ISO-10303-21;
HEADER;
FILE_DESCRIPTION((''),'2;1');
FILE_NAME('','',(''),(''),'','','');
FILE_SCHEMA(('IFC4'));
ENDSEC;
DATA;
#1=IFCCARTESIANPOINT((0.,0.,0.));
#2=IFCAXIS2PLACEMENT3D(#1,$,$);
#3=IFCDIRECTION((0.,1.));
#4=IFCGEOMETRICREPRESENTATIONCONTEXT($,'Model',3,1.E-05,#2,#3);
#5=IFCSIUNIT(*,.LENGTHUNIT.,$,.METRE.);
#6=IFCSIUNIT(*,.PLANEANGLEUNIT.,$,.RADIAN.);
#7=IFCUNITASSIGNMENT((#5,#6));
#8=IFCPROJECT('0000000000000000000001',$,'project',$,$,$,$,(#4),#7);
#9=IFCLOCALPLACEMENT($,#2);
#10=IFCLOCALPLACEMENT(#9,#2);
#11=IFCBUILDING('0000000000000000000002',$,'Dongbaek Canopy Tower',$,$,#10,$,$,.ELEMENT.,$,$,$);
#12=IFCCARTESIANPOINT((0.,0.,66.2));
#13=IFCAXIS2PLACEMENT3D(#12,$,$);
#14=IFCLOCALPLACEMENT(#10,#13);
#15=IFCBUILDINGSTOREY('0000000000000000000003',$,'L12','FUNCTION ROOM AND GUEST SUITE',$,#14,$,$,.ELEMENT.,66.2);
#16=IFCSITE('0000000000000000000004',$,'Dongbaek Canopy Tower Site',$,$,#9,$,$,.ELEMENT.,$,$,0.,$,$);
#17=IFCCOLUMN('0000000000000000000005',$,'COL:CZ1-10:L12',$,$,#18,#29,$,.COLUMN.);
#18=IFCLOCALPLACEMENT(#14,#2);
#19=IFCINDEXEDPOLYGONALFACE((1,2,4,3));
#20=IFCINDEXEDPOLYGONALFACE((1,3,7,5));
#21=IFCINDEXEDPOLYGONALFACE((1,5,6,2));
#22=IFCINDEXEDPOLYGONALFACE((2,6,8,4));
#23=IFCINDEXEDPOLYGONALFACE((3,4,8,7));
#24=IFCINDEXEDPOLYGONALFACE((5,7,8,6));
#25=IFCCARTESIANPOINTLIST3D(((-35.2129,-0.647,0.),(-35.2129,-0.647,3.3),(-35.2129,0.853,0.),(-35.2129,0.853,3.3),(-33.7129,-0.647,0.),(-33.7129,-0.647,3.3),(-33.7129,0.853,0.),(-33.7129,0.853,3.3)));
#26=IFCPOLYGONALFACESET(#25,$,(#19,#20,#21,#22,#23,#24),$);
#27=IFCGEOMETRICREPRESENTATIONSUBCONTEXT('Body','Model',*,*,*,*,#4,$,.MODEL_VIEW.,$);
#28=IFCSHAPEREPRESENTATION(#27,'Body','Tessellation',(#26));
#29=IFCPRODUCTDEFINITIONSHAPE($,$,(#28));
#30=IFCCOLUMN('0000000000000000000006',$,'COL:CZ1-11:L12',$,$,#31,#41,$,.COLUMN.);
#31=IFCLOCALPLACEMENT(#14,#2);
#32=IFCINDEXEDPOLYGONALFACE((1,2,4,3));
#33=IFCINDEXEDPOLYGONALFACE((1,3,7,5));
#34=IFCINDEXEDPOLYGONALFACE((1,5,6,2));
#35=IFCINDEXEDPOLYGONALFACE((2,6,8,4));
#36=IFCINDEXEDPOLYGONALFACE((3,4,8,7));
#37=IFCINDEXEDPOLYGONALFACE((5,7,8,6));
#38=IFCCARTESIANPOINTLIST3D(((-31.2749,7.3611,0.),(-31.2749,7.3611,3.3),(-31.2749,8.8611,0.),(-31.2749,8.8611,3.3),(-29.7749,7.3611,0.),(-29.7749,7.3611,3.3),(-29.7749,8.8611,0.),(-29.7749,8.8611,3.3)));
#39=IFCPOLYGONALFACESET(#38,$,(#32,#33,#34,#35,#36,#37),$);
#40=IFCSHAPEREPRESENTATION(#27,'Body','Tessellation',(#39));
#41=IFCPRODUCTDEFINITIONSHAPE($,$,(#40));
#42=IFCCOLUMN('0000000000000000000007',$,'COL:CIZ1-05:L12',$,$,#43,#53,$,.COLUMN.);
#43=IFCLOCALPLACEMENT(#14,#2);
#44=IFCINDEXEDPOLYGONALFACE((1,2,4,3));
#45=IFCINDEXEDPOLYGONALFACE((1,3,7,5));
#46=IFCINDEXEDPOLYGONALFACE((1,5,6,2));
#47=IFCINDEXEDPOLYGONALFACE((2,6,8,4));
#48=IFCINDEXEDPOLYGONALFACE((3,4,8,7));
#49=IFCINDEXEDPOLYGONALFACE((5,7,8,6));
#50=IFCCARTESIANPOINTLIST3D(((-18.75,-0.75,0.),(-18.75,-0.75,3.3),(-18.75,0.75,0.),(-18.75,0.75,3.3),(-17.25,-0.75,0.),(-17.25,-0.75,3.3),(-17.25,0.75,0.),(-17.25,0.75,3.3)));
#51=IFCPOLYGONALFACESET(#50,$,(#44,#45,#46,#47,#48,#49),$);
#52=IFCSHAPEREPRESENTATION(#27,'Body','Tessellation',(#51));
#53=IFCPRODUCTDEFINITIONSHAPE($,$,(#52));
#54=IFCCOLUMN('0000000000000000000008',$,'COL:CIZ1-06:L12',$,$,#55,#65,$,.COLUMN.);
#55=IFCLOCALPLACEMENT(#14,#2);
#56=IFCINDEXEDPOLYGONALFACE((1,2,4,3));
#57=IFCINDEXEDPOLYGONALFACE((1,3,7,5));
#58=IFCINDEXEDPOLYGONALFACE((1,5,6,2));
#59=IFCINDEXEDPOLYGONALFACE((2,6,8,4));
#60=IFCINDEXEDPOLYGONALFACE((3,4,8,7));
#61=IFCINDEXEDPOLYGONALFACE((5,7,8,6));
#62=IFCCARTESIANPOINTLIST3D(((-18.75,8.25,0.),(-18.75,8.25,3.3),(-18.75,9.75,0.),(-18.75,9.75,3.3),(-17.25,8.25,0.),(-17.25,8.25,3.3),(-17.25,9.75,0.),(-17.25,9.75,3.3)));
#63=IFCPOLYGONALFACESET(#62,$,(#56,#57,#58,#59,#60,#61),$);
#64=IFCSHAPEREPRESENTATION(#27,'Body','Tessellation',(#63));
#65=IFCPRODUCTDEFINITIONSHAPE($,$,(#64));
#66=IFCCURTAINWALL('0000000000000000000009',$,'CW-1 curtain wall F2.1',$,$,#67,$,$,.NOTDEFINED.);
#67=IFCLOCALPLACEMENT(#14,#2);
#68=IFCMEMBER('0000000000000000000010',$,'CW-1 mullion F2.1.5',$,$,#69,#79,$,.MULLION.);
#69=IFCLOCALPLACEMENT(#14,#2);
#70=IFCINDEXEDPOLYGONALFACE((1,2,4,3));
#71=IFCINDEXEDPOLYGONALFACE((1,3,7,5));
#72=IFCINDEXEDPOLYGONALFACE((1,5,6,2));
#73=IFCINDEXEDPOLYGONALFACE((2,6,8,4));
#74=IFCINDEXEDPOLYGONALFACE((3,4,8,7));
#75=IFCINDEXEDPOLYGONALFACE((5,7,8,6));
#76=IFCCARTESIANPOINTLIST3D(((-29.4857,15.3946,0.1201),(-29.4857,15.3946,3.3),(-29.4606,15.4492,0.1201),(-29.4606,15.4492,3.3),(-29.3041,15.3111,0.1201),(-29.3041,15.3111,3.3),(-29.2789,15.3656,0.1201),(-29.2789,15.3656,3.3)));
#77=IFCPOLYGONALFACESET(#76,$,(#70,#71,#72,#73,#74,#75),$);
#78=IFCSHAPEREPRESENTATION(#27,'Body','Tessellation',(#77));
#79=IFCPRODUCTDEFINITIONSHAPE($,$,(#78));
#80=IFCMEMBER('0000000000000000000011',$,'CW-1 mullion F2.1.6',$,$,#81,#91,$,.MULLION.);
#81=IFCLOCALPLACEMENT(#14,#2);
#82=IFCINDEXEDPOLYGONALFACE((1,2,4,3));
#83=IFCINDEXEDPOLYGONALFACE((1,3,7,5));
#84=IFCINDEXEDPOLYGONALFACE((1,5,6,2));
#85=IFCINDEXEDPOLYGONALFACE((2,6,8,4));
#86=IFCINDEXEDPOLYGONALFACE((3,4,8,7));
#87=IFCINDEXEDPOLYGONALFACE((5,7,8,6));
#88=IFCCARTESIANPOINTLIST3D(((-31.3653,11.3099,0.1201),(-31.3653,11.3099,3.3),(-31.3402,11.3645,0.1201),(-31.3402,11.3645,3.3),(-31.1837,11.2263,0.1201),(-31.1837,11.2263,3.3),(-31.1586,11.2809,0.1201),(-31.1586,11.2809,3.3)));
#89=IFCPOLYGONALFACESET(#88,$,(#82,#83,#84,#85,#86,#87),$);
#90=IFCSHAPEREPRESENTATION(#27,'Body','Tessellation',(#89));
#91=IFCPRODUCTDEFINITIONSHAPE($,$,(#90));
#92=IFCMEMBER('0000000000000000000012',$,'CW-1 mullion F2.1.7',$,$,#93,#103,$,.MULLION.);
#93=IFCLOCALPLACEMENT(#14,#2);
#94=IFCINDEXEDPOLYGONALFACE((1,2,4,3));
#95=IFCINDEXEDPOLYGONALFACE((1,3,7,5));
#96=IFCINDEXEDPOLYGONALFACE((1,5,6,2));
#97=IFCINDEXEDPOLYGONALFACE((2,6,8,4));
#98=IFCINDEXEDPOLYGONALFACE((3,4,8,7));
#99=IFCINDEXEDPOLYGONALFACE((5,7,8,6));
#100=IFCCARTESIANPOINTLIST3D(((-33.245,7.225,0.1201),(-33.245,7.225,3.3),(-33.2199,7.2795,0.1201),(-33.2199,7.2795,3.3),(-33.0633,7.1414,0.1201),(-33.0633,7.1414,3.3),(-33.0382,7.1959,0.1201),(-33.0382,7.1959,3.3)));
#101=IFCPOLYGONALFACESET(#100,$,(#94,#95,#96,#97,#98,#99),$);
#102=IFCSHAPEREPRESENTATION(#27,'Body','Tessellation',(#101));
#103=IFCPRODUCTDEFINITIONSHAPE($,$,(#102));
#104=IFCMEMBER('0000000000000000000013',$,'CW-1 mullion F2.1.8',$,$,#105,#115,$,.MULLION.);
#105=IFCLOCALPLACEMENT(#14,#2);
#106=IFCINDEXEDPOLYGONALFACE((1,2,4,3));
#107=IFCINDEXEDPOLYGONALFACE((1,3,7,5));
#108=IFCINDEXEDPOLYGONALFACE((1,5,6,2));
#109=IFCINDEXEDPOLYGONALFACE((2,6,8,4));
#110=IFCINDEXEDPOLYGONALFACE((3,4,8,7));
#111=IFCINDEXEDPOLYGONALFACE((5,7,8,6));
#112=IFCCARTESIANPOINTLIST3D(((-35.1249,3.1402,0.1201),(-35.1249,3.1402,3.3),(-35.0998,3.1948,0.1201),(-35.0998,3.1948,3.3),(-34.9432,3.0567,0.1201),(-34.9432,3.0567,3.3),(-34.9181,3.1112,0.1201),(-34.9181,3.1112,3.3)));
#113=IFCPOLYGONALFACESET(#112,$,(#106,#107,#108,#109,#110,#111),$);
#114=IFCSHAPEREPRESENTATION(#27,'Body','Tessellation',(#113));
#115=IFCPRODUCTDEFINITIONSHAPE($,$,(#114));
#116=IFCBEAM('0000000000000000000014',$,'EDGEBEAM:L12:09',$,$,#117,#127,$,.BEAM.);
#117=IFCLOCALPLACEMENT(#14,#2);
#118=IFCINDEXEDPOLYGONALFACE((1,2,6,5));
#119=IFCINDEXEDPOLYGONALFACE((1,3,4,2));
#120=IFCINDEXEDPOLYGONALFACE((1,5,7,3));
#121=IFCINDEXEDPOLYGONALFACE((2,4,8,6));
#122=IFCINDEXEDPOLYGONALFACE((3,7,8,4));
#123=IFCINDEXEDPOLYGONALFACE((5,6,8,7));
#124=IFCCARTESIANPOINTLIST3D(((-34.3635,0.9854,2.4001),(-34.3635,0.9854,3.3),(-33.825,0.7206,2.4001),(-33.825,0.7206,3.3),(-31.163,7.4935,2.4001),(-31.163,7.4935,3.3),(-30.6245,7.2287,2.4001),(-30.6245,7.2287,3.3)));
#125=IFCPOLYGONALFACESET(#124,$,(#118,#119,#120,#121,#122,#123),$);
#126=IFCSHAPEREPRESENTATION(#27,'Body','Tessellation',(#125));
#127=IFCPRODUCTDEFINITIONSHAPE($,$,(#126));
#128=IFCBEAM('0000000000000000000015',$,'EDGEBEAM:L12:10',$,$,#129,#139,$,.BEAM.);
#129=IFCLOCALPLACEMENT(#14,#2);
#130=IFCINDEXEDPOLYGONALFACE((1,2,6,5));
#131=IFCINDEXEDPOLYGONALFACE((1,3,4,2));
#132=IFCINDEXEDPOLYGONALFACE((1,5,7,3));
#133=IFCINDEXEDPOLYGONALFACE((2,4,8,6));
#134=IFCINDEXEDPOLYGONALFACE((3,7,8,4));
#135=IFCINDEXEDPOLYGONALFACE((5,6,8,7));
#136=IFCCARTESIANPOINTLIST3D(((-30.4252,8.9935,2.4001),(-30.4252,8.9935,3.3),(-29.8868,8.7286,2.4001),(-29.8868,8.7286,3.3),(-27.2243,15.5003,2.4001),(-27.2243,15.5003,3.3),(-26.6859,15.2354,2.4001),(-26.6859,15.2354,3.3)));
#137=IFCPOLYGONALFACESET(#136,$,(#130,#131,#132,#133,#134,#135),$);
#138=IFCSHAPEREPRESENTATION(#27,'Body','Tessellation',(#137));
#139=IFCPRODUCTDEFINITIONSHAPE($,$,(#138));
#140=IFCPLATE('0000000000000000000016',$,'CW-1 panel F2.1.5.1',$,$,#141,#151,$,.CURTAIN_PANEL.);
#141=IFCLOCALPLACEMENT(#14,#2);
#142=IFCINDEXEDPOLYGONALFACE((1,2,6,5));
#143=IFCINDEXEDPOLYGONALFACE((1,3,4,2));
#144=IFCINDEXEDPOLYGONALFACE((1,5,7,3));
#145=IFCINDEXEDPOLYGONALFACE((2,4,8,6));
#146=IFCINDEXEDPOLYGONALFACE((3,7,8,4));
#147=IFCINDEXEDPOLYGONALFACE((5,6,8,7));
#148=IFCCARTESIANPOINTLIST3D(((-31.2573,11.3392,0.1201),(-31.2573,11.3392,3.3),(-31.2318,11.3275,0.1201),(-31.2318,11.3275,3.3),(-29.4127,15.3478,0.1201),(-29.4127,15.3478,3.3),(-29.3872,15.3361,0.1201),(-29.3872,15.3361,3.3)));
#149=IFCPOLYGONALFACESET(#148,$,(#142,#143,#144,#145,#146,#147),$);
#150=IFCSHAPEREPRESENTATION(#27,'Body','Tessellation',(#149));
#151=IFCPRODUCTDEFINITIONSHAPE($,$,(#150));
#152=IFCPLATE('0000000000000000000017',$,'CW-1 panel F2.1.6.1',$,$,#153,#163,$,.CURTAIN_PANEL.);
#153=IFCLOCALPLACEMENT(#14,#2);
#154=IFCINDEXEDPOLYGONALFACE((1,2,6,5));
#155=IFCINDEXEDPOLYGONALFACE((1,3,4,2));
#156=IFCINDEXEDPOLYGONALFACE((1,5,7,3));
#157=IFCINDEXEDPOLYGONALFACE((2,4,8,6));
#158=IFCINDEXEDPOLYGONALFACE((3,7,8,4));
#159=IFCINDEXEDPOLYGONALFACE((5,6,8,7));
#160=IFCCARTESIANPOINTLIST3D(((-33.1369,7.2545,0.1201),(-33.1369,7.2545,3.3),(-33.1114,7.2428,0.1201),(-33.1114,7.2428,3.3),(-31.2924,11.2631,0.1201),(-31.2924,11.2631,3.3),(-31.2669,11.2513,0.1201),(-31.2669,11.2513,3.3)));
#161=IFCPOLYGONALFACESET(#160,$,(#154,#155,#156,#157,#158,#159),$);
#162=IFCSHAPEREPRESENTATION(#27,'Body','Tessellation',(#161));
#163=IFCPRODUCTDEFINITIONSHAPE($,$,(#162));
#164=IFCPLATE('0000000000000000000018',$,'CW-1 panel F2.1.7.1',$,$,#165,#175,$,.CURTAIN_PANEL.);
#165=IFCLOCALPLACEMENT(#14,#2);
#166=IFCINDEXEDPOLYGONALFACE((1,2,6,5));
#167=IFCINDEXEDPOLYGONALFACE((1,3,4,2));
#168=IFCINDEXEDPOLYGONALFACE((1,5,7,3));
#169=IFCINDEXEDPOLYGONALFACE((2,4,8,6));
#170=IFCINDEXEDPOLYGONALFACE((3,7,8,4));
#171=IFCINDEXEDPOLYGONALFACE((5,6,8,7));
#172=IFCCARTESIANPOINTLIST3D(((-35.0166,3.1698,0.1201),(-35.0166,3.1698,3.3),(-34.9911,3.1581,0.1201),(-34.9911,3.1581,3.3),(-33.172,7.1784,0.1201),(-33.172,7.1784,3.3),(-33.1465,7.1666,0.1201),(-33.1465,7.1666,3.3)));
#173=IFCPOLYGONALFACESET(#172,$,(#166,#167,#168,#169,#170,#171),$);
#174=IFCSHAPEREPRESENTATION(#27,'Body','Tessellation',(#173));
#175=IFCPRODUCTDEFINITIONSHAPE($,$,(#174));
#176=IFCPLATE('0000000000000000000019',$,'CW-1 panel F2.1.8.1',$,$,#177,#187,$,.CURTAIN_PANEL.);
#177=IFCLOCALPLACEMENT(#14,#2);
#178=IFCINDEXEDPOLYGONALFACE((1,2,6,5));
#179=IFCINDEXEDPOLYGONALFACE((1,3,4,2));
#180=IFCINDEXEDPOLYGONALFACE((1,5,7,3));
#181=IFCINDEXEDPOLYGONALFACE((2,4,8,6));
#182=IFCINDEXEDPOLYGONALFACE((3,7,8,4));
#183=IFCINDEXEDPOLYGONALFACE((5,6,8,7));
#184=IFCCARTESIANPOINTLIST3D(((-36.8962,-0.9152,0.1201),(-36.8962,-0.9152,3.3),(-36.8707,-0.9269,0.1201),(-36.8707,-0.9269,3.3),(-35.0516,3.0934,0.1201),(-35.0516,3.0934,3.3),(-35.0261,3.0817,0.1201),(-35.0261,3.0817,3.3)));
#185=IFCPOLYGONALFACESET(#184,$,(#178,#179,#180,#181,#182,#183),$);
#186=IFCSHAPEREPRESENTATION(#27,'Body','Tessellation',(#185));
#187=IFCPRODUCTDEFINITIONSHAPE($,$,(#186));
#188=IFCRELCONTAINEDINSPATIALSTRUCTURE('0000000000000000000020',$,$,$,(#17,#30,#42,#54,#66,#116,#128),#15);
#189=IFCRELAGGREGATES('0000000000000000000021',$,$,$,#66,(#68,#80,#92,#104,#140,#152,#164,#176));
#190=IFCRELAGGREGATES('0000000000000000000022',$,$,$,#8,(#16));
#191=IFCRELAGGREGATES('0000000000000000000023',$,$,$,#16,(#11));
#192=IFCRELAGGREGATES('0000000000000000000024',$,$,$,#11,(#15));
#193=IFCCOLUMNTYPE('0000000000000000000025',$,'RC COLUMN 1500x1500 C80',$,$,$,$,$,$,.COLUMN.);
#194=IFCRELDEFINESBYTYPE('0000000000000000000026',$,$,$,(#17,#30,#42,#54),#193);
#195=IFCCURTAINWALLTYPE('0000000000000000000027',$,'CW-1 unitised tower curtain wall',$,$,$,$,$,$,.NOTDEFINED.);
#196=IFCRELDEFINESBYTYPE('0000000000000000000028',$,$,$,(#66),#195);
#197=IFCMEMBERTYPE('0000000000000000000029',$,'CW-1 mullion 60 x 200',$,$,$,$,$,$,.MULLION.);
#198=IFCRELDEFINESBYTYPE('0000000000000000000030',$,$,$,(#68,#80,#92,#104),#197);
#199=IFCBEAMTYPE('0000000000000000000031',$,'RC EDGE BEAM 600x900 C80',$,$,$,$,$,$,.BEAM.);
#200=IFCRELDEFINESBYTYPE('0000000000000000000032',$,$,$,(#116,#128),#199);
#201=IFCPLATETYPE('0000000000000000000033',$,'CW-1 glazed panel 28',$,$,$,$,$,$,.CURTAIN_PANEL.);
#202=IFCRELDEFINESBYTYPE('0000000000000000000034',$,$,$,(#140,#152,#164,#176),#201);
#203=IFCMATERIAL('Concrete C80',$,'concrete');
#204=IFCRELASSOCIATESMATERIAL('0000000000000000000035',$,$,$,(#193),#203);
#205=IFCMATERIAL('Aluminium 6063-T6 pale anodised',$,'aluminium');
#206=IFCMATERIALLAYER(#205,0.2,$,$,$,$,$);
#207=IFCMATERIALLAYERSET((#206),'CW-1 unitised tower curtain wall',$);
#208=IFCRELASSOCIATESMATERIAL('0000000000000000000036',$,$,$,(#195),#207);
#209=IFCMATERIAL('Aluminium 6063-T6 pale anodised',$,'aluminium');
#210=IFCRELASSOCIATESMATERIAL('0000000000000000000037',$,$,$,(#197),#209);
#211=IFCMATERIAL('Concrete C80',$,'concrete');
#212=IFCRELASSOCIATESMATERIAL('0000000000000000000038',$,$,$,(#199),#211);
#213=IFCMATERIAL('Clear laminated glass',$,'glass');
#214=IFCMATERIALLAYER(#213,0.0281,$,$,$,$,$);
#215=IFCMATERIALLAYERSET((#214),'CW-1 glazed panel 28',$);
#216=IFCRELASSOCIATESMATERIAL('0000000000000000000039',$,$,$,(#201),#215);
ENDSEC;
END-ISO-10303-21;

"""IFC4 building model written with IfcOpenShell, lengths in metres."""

from ifc_helpers import new_model, si_unit, direction, frame, origin, origin_2d, place, context, subcontext, project, spatial, rectangle, extrude, material, layer, layer_set, material_profile, profile_set, type_object, element, aggregate, save


model = new_model("IFC4")

# Units and contexts
model_context = context("Model", 3, precision=1e-05, world=origin(), true_north=direction((0.0, 1.0)))
body_context = subcontext(model_context, "Body", "Model", "MODEL_VIEW")
ifc_project = project(units=[si_unit("LENGTHUNIT", "METRE"), si_unit("PLANEANGLEUNIT", "RADIAN")], contexts=[model_context])

# Site, building, storey
site_placement = place(None, origin())
site = spatial("IfcSite", under=ifc_project, at=site_placement, Name="Dongbaek Canopy Tower Site", CompositionType="ELEMENT", RefElevation=0.0)
building_placement = place(site_placement, origin())
building = spatial("IfcBuilding", under=site, at=building_placement, Name="Dongbaek Canopy Tower", CompositionType="ELEMENT")
storey_placement = place(building_placement, frame((0.0, 0.0, 66.2)))
storey = spatial("IfcBuildingStorey", under=building, at=storey_placement, Name="L12", Description="FUNCTION ROOM AND GUEST SUITE", CompositionType="ELEMENT", Elevation=66.2)

# Columns
ifc_material_1 = material(Name="Concrete C80", Category="concrete")
ifc_material_profile_1 = material_profile(ifc_material_1, rectangle(XDim=1.5, YDim=1.5, at=origin_2d()), Name="RC COLUMN 1500x1500 C80")
ifc_profile_set_1 = profile_set([ifc_material_profile_1], Name="Concrete C80")
column_type = type_object("IfcColumnType", Name="RC COLUMN 1500x1500 C80", PredefinedType="COLUMN", material=ifc_profile_set_1)
for number, where, z_axis, x_axis, name in (
    (1, (-34.4629, 0.103, 0.0), (0.0, 0.0, 1.0), (1.0, 0.0, 0.0), "COL:CZ1-10:L12"),
    (2, (-30.5249, 8.1111, 0.0), (0.0, 0.0, 1.0), (1.0, 0.0, 0.0), "COL:CZ1-11:L12"),
    (3, (-18.0, 0.0, 0.0), (0.0, 0.0, 1.0), (1.0, 0.0, 0.0), "COL:CIZ1-05:L12"),
    (4, (-18.0, 9.0, 0.0), (0.0, 0.0, 1.0), (1.0, 0.0, 0.0), "COL:CIZ1-06:L12"),
):
    element("IfcColumn", number, at=place(storey_placement, frame(where, z_axis=z_axis, x_axis=x_axis)), inside=storey, type_object=column_type, Name=name, PredefinedType="COLUMN", context=body_context, shape_type="SweptSolid", body=[
        extrude(rectangle(XDim=1.5, YDim=1.5, at=origin_2d()), origin(), (0.0, 0.0, 1.0), 3.3),
    ])

# Curtain wall, members
ifc_material_2 = material(Name="Aluminium 6063-T6 pale anodised", Category="aluminium")
ifc_layer_1 = layer(ifc_material_2, 0.2)
ifc_layer_set_1 = layer_set([ifc_layer_1], Name="CW-1 unitised tower curtain wall")
curtain_wall_type = type_object("IfcCurtainWallType", Name="CW-1 unitised tower curtain wall", PredefinedType="NOTDEFINED", material=ifc_layer_set_1)
curtain_wall_placement = place(storey_placement, origin())
curtain_wall = element("IfcCurtainWall", 5, at=curtain_wall_placement, inside=storey, type_object=curtain_wall_type, Name="CW-1 curtain wall F2.1", PredefinedType="NOTDEFINED")
ifc_material_3 = material(Name="Aluminium 6063-T6 pale anodised", Category="aluminium")
ifc_material_profile_2 = material_profile(ifc_material_3, rectangle(XDim=0.2, YDim=0.0601, at=origin_2d()), Name="CW-1 mullion 60 x 200")
ifc_profile_set_2 = profile_set([ifc_material_profile_2], Name="Aluminium 6063-T6 pale anodised")
member_type = type_object("IfcMemberType", Name="CW-1 mullion 60 x 200", PredefinedType="MULLION", material=ifc_profile_set_2)
member_1_placement = place(storey_placement, frame((-29.3823, 15.3801, 0.1201), z_axis=(0.0, 0.0, 1.0), x_axis=(-0.908436, 0.418025, 0.0)))
member_1 = element("IfcMember", 6, at=member_1_placement, type_object=member_type, Name="CW-1 mullion F2.1.5", PredefinedType="MULLION", context=body_context, shape_type="SweptSolid", body=[
    extrude(rectangle(XDim=0.2, YDim=0.0601, at=origin_2d()), origin(), (0.0, 0.0, 1.0), 3.1799),
])
member_2_placement = place(storey_placement, frame((-31.262, 11.2954, 0.1201), z_axis=(0.0, 0.0, 1.0), x_axis=(-0.908436, 0.418025, 0.0)))
member_2 = element("IfcMember", 7, at=member_2_placement, type_object=member_type, Name="CW-1 mullion F2.1.6", PredefinedType="MULLION", context=body_context, shape_type="SweptSolid", body=[
    extrude(rectangle(XDim=0.2, YDim=0.0601, at=origin_2d()), origin(), (0.0, 0.0, 1.0), 3.1799),
])
member_3_placement = place(storey_placement, frame((-33.1416, 7.2104, 0.1201), z_axis=(0.0, 0.0, 1.0), x_axis=(-0.908436, 0.418025, 0.0)))
member_3 = element("IfcMember", 8, at=member_3_placement, type_object=member_type, Name="CW-1 mullion F2.1.7", PredefinedType="MULLION", context=body_context, shape_type="SweptSolid", body=[
    extrude(rectangle(XDim=0.2, YDim=0.0601, at=origin_2d()), origin(), (0.0, 0.0, 1.0), 3.1799),
])
member_4_placement = place(storey_placement, frame((-35.0215, 3.1257, 0.1201), z_axis=(0.0, 0.0, 1.0), x_axis=(-0.908436, 0.418025, 0.0)))
member_4 = element("IfcMember", 9, at=member_4_placement, type_object=member_type, Name="CW-1 mullion F2.1.8", PredefinedType="MULLION", context=body_context, shape_type="SweptSolid", body=[
    extrude(rectangle(XDim=0.2, YDim=0.0601, at=origin_2d()), origin(), (0.0, 0.0, 1.0), 3.1799),
])

# Beams
ifc_material_4 = material(Name="Concrete C80", Category="concrete")
ifc_material_profile_3 = material_profile(ifc_material_4, rectangle(XDim=0.6001, YDim=0.8999, at=origin_2d()), Name="RC EDGE BEAM 600x900 C80")
ifc_profile_set_3 = profile_set([ifc_material_profile_3], Name="Concrete C80")
beam_type = type_object("IfcBeamType", Name="RC EDGE BEAM 600x900 C80", PredefinedType="BEAM", material=ifc_profile_set_3)
beam_1_placement = place(storey_placement, frame((-34.0942, 0.853, 2.8501), z_axis=(0.441293, 0.897363, 0.0), x_axis=(-0.897363, 0.441293, 0.0)))
element("IfcBeam", 10, at=beam_1_placement, inside=storey, type_object=beam_type, Name="EDGEBEAM:L12:09", PredefinedType="BEAM", context=body_context, shape_type="SweptSolid", body=[
    extrude(rectangle(XDim=0.6001, YDim=0.8999, at=origin_2d()), origin(), (0.0, 0.0, 1.0), 7.2524),
])
beam_2_placement = place(storey_placement, frame((-30.156, 8.8611, 2.8501), z_axis=(0.441413, 0.897304, 0.0), x_axis=(-0.897304, 0.441413, 0.0)))
element("IfcBeam", 11, at=beam_2_placement, inside=storey, type_object=beam_type, Name="EDGEBEAM:L12:10", PredefinedType="BEAM", context=body_context, shape_type="SweptSolid", body=[
    extrude(rectangle(XDim=0.6001, YDim=0.8999, at=origin_2d()), origin(), (0.0, 0.0, 1.0), 7.2515),
])

# Plates
ifc_material_5 = material(Name="Clear laminated glass", Category="glass")
ifc_layer_2 = layer(ifc_material_5, 0.0281)
ifc_layer_set_2 = layer_set([ifc_layer_2], Name="CW-1 glazed panel 28")
plate_type = type_object("IfcPlateType", Name="CW-1 glazed panel 28", PredefinedType="CURTAIN_PANEL", material=ifc_layer_set_2)
plate_1_placement = place(storey_placement, frame((-30.3223, 13.3376, 0.1201), z_axis=(0.0, 0.0, 1.0), x_axis=(-0.418025, -0.908436, 0.0)))
plate_1 = element("IfcPlate", 12, at=plate_1_placement, type_object=plate_type, Name="CW-1 panel F2.1.5.1", PredefinedType="CURTAIN_PANEL", context=body_context, shape_type="SweptSolid", body=[
    extrude(rectangle(XDim=4.4126, YDim=0.0281, at=origin_2d()), origin(), (0.0, 0.0, 1.0), 3.1799),
])
plate_2_placement = place(storey_placement, frame((-32.2019, 9.2529, 0.1201), z_axis=(0.0, 0.0, 1.0), x_axis=(-0.418025, -0.908436, 0.0)))
plate_2 = element("IfcPlate", 13, at=plate_2_placement, type_object=plate_type, Name="CW-1 panel F2.1.6.1", PredefinedType="CURTAIN_PANEL", context=body_context, shape_type="SweptSolid", body=[
    extrude(rectangle(XDim=4.4126, YDim=0.0281, at=origin_2d()), origin(), (0.0, 0.0, 1.0), 3.1799),
])
plate_3_placement = place(storey_placement, frame((-34.0815, 5.1682, 0.1201), z_axis=(0.0, 0.0, 1.0), x_axis=(-0.418025, -0.908436, 0.0)))
plate_3 = element("IfcPlate", 14, at=plate_3_placement, type_object=plate_type, Name="CW-1 panel F2.1.7.1", PredefinedType="CURTAIN_PANEL", context=body_context, shape_type="SweptSolid", body=[
    extrude(rectangle(XDim=4.4126, YDim=0.0281, at=origin_2d()), origin(), (0.0, 0.0, 1.0), 3.1799),
])
plate_4_placement = place(storey_placement, frame((-35.9612, 1.0833, 0.1201), z_axis=(0.0, 0.0, 1.0), x_axis=(-0.418025, -0.908436, 0.0)))
plate_4 = element("IfcPlate", 15, at=plate_4_placement, type_object=plate_type, Name="CW-1 panel F2.1.8.1", PredefinedType="CURTAIN_PANEL", context=body_context, shape_type="SweptSolid", body=[
    extrude(rectangle(XDim=4.4126, YDim=0.0281, at=origin_2d()), origin(), (0.0, 0.0, 1.0), 3.1799),
])

aggregate(curtain_wall, [member_1, member_2, member_3, member_4, plate_1, plate_2, plate_3, plate_4])

save(model, "model.ifc")
